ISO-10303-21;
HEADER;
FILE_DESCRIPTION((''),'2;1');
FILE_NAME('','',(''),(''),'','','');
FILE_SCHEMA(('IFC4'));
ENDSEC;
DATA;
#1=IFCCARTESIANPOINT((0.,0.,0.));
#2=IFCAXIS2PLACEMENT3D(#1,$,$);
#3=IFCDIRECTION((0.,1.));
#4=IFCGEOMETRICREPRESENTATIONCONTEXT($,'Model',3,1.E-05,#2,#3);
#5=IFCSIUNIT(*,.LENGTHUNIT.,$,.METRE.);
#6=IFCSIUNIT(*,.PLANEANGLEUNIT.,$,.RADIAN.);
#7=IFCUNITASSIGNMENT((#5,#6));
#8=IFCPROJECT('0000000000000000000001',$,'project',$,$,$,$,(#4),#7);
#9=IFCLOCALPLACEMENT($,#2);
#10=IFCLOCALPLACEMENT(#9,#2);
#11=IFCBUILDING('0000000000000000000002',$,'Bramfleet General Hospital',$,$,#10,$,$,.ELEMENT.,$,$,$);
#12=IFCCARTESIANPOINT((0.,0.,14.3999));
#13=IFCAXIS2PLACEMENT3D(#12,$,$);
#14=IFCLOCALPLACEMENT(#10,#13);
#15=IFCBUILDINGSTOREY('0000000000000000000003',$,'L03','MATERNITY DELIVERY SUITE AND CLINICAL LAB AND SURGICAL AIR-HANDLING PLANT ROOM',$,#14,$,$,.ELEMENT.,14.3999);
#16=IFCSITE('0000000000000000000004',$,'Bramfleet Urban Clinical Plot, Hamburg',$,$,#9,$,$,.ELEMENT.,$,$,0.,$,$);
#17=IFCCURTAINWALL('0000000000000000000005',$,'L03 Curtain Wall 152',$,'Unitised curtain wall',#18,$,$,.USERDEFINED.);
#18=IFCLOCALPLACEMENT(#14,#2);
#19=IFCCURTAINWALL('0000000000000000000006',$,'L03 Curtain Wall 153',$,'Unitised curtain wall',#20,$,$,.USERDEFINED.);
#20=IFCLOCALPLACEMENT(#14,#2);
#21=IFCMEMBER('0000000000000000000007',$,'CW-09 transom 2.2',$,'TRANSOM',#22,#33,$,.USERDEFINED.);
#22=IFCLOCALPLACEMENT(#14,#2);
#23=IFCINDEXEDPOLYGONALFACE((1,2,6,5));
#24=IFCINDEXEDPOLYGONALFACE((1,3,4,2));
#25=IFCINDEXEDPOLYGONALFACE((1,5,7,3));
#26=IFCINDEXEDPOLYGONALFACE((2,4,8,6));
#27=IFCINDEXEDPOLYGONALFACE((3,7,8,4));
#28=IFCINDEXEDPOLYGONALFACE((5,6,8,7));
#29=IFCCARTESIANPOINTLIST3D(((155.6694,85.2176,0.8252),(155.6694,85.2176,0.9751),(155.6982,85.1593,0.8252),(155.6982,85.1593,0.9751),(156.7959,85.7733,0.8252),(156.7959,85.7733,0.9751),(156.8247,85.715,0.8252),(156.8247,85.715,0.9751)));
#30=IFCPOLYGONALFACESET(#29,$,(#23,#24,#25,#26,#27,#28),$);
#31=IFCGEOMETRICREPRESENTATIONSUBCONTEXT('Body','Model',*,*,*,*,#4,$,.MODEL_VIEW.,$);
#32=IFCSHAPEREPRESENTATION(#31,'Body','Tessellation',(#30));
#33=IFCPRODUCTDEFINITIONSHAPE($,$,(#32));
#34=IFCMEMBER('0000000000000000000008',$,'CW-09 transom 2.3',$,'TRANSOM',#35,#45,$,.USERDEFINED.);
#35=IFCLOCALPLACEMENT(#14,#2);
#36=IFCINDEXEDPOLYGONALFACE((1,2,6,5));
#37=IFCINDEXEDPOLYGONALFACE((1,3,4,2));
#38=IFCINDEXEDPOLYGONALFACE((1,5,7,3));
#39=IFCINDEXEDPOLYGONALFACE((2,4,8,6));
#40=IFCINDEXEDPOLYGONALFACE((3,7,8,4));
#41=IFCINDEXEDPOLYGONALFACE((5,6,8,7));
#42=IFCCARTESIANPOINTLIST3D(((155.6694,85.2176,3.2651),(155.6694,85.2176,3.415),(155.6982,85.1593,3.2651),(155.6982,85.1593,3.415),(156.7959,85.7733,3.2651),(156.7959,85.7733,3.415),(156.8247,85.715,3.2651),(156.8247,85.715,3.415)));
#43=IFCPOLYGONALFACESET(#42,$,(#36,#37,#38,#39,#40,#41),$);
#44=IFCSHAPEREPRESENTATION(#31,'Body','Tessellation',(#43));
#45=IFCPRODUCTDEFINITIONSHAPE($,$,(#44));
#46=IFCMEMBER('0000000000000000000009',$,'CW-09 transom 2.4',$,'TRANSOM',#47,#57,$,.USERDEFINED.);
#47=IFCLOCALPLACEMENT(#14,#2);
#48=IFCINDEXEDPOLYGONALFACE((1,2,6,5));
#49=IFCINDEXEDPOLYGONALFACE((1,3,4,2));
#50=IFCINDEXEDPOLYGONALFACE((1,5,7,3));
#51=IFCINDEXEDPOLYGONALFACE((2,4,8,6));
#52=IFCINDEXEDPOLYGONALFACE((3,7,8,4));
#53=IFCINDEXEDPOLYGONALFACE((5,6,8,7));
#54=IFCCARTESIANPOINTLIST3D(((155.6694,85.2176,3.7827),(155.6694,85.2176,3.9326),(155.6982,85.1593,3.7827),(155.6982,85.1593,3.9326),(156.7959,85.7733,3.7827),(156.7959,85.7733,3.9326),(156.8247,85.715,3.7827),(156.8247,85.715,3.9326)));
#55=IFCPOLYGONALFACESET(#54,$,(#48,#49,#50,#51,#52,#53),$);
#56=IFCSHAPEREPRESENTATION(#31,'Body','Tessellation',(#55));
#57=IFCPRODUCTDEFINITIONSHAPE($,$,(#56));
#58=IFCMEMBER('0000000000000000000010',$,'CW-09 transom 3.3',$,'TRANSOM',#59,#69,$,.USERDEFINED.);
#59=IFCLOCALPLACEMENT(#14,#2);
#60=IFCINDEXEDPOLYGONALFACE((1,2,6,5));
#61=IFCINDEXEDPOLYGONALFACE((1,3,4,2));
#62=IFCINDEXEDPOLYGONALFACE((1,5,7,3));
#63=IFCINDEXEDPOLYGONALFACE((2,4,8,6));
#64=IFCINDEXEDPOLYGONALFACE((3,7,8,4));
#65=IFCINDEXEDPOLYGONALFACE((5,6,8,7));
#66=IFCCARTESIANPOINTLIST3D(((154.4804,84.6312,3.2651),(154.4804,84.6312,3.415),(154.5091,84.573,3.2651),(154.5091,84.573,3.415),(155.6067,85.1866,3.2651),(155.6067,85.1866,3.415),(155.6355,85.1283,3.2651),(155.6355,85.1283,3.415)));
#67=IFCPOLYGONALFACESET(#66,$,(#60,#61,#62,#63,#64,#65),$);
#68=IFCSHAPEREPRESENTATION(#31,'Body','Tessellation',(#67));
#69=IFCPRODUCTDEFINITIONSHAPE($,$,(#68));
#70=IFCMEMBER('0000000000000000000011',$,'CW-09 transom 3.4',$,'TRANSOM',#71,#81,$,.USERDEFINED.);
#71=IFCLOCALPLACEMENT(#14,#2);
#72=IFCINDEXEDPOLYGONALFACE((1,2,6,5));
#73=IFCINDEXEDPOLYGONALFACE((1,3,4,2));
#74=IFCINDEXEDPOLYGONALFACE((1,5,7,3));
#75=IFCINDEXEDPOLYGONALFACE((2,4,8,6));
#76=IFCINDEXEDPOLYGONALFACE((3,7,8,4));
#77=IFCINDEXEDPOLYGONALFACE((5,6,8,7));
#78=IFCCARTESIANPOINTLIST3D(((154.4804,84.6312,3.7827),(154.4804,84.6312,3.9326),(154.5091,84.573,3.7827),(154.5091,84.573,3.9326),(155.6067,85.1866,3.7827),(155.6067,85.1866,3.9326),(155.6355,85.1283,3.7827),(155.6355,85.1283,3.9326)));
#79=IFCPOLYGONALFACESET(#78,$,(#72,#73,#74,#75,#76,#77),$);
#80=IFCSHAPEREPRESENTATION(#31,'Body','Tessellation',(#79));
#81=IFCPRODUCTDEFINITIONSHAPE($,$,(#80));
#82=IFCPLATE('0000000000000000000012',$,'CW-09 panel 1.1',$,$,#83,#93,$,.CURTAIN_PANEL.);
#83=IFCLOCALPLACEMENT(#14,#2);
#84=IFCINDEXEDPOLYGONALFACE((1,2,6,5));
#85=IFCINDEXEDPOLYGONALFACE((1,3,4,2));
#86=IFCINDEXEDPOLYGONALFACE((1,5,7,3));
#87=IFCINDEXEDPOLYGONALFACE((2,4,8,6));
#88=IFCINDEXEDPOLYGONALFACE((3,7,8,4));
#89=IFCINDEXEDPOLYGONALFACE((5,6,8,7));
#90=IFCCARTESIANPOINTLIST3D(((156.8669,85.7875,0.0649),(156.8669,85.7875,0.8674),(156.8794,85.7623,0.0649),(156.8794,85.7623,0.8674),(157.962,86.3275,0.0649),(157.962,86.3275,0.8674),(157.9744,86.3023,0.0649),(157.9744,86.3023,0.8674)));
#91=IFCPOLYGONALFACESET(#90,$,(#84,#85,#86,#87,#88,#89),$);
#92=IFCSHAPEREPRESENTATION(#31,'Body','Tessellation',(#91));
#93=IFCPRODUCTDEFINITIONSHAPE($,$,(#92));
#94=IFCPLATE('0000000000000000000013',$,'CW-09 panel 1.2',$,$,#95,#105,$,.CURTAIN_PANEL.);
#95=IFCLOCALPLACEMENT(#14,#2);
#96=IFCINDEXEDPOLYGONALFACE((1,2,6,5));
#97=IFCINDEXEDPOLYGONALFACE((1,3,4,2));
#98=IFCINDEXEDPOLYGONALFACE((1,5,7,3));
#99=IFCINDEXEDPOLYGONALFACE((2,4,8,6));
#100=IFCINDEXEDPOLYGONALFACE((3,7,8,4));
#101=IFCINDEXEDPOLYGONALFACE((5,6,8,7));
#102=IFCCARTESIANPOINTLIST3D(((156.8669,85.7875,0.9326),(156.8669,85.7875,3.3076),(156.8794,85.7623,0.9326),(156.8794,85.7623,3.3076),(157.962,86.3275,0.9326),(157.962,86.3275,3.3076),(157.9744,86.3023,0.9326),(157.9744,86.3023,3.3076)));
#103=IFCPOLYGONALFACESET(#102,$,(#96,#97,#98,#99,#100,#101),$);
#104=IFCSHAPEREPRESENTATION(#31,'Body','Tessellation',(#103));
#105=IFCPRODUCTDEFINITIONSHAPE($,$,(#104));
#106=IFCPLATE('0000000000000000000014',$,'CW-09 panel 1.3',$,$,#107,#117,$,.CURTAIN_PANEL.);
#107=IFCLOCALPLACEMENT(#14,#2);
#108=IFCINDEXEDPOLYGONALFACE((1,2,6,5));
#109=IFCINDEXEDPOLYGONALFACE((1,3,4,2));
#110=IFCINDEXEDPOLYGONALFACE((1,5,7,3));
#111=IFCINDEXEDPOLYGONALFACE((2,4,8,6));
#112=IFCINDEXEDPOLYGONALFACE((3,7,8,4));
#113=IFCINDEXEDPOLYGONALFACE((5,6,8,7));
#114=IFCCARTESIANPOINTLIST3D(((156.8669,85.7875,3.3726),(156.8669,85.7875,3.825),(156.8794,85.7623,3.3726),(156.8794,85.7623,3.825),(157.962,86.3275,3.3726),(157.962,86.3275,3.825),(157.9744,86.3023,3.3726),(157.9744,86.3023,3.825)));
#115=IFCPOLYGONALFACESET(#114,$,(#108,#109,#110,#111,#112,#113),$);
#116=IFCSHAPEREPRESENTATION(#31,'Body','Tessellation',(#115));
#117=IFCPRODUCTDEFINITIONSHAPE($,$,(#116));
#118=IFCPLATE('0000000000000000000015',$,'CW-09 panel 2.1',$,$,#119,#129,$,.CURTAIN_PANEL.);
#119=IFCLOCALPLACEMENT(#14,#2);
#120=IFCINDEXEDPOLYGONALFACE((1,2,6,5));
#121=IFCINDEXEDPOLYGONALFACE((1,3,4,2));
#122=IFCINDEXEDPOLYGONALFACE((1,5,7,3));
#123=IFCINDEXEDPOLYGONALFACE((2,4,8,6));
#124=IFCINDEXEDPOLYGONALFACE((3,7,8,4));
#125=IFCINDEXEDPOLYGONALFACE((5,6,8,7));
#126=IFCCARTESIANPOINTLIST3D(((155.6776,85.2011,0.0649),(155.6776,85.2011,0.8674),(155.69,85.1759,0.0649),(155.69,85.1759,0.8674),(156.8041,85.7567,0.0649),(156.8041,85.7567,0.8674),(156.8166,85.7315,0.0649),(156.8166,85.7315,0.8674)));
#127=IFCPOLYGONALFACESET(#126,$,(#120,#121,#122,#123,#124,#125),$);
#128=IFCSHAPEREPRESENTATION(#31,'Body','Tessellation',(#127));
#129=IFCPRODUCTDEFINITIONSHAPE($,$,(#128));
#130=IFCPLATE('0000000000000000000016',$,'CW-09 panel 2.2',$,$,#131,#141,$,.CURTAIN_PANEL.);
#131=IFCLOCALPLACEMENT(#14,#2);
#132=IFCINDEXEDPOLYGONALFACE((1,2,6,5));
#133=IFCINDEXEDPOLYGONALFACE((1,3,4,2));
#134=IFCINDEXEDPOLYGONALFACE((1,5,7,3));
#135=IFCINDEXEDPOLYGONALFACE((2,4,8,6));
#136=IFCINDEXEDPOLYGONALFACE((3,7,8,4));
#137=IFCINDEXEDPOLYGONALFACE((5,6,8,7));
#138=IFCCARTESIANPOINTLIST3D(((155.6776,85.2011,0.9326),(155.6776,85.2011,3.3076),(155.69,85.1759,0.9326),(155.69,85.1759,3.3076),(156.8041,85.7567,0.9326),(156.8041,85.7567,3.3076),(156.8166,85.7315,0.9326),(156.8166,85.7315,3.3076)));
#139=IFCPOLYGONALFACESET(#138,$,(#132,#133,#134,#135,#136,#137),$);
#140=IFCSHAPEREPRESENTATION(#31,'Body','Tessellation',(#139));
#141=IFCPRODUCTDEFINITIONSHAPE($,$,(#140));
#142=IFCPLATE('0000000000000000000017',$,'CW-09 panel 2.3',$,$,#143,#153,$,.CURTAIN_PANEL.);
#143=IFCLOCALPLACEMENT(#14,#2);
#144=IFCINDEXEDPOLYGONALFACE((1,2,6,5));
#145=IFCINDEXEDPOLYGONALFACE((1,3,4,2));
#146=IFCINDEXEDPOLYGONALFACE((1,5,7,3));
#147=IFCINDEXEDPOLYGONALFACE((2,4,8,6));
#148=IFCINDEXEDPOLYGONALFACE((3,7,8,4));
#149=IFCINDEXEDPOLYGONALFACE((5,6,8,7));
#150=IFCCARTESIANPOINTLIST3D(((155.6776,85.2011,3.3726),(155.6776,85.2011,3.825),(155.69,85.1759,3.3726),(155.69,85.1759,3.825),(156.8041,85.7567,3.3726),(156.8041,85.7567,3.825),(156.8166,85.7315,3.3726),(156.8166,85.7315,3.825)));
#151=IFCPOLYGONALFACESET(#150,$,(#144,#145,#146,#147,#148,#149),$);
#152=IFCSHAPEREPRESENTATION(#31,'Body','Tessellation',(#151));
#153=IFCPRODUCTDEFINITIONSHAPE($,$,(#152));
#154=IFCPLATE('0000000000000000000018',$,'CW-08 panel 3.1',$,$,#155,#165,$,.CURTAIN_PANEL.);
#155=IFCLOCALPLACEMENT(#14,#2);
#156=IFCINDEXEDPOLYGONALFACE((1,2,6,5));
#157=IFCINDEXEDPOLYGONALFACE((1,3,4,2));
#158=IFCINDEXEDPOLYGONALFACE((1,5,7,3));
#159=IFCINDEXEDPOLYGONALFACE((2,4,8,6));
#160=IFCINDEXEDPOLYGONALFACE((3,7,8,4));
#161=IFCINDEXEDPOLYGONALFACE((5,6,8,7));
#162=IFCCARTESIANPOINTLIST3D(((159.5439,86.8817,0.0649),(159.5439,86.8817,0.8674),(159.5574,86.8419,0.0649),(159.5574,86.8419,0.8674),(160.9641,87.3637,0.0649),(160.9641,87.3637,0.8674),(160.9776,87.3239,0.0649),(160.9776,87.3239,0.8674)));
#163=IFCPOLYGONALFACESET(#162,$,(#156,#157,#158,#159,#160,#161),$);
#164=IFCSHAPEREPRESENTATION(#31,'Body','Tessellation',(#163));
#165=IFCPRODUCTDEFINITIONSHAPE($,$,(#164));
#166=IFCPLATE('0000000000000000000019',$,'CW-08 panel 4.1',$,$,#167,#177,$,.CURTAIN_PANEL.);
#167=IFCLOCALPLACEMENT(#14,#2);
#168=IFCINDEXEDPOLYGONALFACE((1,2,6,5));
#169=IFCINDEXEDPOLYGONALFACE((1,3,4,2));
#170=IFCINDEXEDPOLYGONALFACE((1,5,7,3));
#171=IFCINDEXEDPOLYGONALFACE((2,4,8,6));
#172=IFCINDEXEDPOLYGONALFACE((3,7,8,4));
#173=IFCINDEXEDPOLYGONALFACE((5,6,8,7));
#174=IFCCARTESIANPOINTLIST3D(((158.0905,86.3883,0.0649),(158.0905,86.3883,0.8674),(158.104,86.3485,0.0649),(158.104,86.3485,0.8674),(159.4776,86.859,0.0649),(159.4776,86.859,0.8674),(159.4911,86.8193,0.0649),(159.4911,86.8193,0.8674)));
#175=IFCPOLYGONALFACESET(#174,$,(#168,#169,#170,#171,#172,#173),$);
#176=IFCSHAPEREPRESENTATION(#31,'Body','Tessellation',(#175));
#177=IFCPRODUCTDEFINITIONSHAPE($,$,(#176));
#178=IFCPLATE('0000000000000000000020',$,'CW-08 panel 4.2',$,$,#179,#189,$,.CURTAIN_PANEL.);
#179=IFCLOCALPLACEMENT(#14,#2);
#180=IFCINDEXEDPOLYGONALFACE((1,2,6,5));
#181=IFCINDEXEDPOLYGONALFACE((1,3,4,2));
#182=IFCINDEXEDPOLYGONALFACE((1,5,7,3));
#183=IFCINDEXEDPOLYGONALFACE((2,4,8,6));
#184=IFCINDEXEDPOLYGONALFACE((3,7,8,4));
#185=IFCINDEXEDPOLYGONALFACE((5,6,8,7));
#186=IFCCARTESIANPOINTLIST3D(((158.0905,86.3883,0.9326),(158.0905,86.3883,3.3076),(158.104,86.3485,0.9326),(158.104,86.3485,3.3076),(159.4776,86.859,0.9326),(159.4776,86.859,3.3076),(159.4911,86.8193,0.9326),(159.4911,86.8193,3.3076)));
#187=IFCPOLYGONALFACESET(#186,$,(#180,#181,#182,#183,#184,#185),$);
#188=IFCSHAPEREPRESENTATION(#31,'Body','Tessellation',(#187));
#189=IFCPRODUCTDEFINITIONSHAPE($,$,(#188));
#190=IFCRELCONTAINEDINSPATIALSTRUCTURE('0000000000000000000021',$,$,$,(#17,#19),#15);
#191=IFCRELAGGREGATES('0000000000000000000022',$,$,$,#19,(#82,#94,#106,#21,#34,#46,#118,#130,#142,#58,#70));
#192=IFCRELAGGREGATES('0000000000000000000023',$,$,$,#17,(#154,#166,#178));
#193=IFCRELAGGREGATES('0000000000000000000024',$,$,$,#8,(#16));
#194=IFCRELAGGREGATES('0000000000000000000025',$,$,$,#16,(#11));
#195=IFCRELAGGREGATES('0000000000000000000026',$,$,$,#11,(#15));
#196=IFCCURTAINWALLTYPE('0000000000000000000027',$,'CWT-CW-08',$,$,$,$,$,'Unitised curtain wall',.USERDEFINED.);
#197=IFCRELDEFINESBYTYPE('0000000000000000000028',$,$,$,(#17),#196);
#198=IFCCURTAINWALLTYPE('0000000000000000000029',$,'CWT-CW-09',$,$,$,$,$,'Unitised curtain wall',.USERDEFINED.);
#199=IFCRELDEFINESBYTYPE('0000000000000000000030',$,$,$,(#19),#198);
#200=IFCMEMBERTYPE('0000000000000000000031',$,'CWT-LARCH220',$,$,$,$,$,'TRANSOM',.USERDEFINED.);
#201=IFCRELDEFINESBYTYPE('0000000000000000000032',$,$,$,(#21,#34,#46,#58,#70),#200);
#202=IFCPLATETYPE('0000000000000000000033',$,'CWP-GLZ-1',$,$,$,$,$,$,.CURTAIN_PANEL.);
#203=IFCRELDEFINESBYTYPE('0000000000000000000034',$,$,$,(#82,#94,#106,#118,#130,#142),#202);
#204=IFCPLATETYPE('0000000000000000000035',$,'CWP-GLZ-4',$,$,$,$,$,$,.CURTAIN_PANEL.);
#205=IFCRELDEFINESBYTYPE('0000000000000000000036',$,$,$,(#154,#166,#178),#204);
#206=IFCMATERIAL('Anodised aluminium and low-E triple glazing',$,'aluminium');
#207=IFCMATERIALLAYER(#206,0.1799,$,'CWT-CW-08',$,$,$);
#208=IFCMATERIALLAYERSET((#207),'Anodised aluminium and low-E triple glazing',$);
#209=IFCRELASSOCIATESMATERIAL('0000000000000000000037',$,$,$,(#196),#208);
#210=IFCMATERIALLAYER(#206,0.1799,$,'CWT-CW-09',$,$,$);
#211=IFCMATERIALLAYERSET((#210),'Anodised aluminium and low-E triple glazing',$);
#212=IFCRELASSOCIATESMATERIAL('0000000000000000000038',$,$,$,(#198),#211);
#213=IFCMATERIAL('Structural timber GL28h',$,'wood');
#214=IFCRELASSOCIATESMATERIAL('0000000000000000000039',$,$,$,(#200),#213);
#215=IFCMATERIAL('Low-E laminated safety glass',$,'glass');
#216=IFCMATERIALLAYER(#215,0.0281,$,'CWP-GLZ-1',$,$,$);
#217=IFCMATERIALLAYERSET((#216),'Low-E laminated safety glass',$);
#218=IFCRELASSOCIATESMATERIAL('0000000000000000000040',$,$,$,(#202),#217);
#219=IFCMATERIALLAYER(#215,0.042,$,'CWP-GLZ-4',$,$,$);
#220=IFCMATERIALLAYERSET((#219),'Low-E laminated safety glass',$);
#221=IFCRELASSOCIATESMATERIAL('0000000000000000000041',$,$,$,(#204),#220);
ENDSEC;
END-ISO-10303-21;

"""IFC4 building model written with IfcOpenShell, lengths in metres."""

from ifc_helpers import new_model, si_unit, direction, frame, origin, origin_2d, place, context, subcontext, project, spatial, rectangle, extrude, material, layer, layer_set, material_profile, profile_set, type_object, element, aggregate, save


model = new_model("IFC4")

# Units and contexts
model_context = context("Model", 3, precision=1e-05, world=origin(), true_north=direction((0.0, 1.0)))
body_context = subcontext(model_context, "Body", "Model", "MODEL_VIEW")
ifc_project = project(units=[si_unit("LENGTHUNIT", "METRE"), si_unit("PLANEANGLEUNIT", "RADIAN")], contexts=[model_context])

# Site, building, storey
site_placement = place(None, origin())
site = spatial("IfcSite", under=ifc_project, at=site_placement, Name="Bramfleet Urban Clinical Plot, Hamburg", CompositionType="ELEMENT", RefElevation=0.0)
building_placement = place(site_placement, origin())
building = spatial("IfcBuilding", under=site, at=building_placement, Name="Bramfleet General Hospital", CompositionType="ELEMENT")
storey_placement = place(building_placement, frame((0.0, 0.0, 14.3999)))
storey = spatial("IfcBuildingStorey", under=building, at=storey_placement, Name="L03", Description="MATERNITY DELIVERY SUITE AND CLINICAL LAB AND SURGICAL AIR-HANDLING PLANT ROOM", CompositionType="ELEMENT", Elevation=14.3999)

# Curtain walls
ifc_material_1 = material(Name="Anodised aluminium and low-E triple glazing", Category="aluminium")
ifc_layer_1 = layer(ifc_material_1, 0.1799, Name="CWT-CW-08")
ifc_layer_set_1 = layer_set([ifc_layer_1], Name="Anodised aluminium and low-E triple glazing")
curtain_wall_type_1 = type_object("IfcCurtainWallType", Name="CWT-CW-08", ElementType="Unitised curtain wall", PredefinedType="USERDEFINED", material=ifc_layer_set_1)
curtain_wall_1_placement = place(storey_placement, origin())
curtain_wall_1 = element("IfcCurtainWall", 1, at=curtain_wall_1_placement, inside=storey, type_object=curtain_wall_type_1, Name="L03 Curtain Wall 152", ObjectType="Unitised curtain wall", PredefinedType="USERDEFINED")
ifc_material_2 = material(Name="Structural timber GL28h", Category="wood")
ifc_layer_2 = layer(ifc_material_1, 0.1799, Name="CWT-CW-09")
ifc_layer_set_2 = layer_set([ifc_layer_2], Name="Anodised aluminium and low-E triple glazing")
curtain_wall_type_2 = type_object("IfcCurtainWallType", Name="CWT-CW-09", ElementType="Unitised curtain wall", PredefinedType="USERDEFINED", material=ifc_layer_set_2)
curtain_wall_2_placement = place(storey_placement, origin())
curtain_wall_2 = element("IfcCurtainWall", 2, at=curtain_wall_2_placement, inside=storey, type_object=curtain_wall_type_2, Name="L03 Curtain Wall 153", ObjectType="Unitised curtain wall", PredefinedType="USERDEFINED")

# Members
ifc_material_profile_1 = material_profile(ifc_material_2, rectangle(XDim=0.0649, YDim=0.1499, at=origin_2d()), Name="LARCH 150x65")
ifc_profile_set_1 = profile_set([ifc_material_profile_1], Name="Structural timber GL28h")
member_type_1 = type_object("IfcMemberType", Name="CWT-LARCH220", ElementType="TRANSOM", PredefinedType="USERDEFINED", material=ifc_profile_set_1)
member_1_placement = place(storey_placement, frame((156.8103, 85.7441, 0.9001), z_axis=(-0.896824, -0.442387, 0.0), x_axis=(0.442387, -0.896824, 0.0)))
member_1 = element("IfcMember", 3, at=member_1_placement, type_object=member_type_1, Name="CW-09 transom 2.2", ObjectType="TRANSOM", PredefinedType="USERDEFINED", context=body_context, shape_type="SweptSolid", body=[
    extrude(rectangle(XDim=0.0649, YDim=0.1499, at=origin_2d()), origin(), (0.0, 0.0, 1.0), 1.2561),
])
member_2_placement = place(storey_placement, frame((156.8103, 85.7441, 3.3401), z_axis=(-0.896824, -0.442387, 0.0), x_axis=(0.442387, -0.896824, 0.0)))
member_2 = element("IfcMember", 4, at=member_2_placement, type_object=member_type_1, Name="CW-09 transom 2.3", ObjectType="TRANSOM", PredefinedType="USERDEFINED", context=body_context, shape_type="SweptSolid", body=[
    extrude(rectangle(XDim=0.0649, YDim=0.1499, at=origin_2d()), origin(), (0.0, 0.0, 1.0), 1.2561),
])
member_3_placement = place(storey_placement, frame((156.8103, 85.7441, 3.8577), z_axis=(-0.896824, -0.442387, 0.0), x_axis=(0.442387, -0.896824, 0.0)))
member_3 = element("IfcMember", 5, at=member_3_placement, type_object=member_type_1, Name="CW-09 transom 2.4", ObjectType="TRANSOM", PredefinedType="USERDEFINED", context=body_context, shape_type="SweptSolid", body=[
    extrude(rectangle(XDim=0.0649, YDim=0.1499, at=origin_2d()), origin(), (0.0, 0.0, 1.0), 1.2561),
])
member_4_placement = place(storey_placement, frame((155.6211, 85.1575, 3.3401), z_axis=(-0.896902, -0.44223, 0.0), x_axis=(0.44223, -0.896902, 0.0)))
member_4 = element("IfcMember", 6, at=member_4_placement, type_object=member_type_1, Name="CW-09 transom 3.3", ObjectType="TRANSOM", PredefinedType="USERDEFINED", context=body_context, shape_type="SweptSolid", body=[
    extrude(rectangle(XDim=0.0649, YDim=0.1499, at=origin_2d()), origin(), (0.0, 0.0, 1.0), 1.2559),
])
member_5_placement = place(storey_placement, frame((155.6211, 85.1575, 3.8577), z_axis=(-0.896902, -0.44223, 0.0), x_axis=(0.44223, -0.896902, 0.0)))
member_5 = element("IfcMember", 7, at=member_5_placement, type_object=member_type_1, Name="CW-09 transom 3.4", ObjectType="TRANSOM", PredefinedType="USERDEFINED", context=body_context, shape_type="SweptSolid", body=[
    extrude(rectangle(XDim=0.0649, YDim=0.1499, at=origin_2d()), origin(), (0.0, 0.0, 1.0), 1.2559),
])

# Plates
ifc_material_3 = material(Name="Low-E laminated safety glass", Category="glass")
ifc_layer_3 = layer(ifc_material_3, 0.0281, Name="CWP-GLZ-1")
ifc_layer_set_3 = layer_set([ifc_layer_3], Name="Low-E laminated safety glass")
plate_type_1 = type_object("IfcPlateType", Name="CWP-GLZ-1", PredefinedType="CURTAIN_PANEL", material=ifc_layer_set_3)
plate_1_placement = place(storey_placement, frame((157.4207, 86.0449, 0.0649), z_axis=(0.0, 0.0, 1.0), x_axis=(-0.896865, -0.442305, 0.0)))
plate_1 = element("IfcPlate", 8, at=plate_1_placement, type_object=plate_type_1, Name="CW-09 panel 1.1", PredefinedType="CURTAIN_PANEL", context=body_context, shape_type="SweptSolid", body=[
    extrude(rectangle(XDim=1.2209, YDim=0.0281, at=origin_2d()), origin(), (0.0, 0.0, 1.0), 0.8025),
])
plate_2_placement = place(storey_placement, frame((157.4207, 86.0449, 0.9326), z_axis=(0.0, 0.0, 1.0), x_axis=(-0.896865, -0.442305, 0.0)))
plate_2 = element("IfcPlate", 9, at=plate_2_placement, type_object=plate_type_1, Name="CW-09 panel 1.2", PredefinedType="CURTAIN_PANEL", context=body_context, shape_type="SweptSolid", body=[
    extrude(rectangle(XDim=1.2209, YDim=0.0281, at=origin_2d()), origin(), (0.0, 0.0, 1.0), 2.375),
])
plate_3_placement = place(storey_placement, frame((157.4207, 86.0449, 3.3726), z_axis=(0.0, 0.0, 1.0), x_axis=(-0.896865, -0.442305, 0.0)))
plate_3 = element("IfcPlate", 10, at=plate_3_placement, type_object=plate_type_1, Name="CW-09 panel 1.3", PredefinedType="CURTAIN_PANEL", context=body_context, shape_type="SweptSolid", body=[
    extrude(rectangle(XDim=1.2209, YDim=0.0281, at=origin_2d()), origin(), (0.0, 0.0, 1.0), 0.4524),
])
plate_4_placement = place(storey_placement, frame((156.2471, 85.4663, 0.0649), z_axis=(0.0, 0.0, 1.0), x_axis=(-0.896865, -0.442305, 0.0)))
plate_4 = element("IfcPlate", 11, at=plate_4_placement, type_object=plate_type_1, Name="CW-09 panel 2.1", PredefinedType="CURTAIN_PANEL", context=body_context, shape_type="SweptSolid", body=[
    extrude(rectangle(XDim=1.2561, YDim=0.0281, at=origin_2d()), origin(), (0.0, 0.0, 1.0), 0.8025),
])
plate_5_placement = place(storey_placement, frame((156.2471, 85.4663, 0.9326), z_axis=(0.0, 0.0, 1.0), x_axis=(-0.896865, -0.442305, 0.0)))
plate_5 = element("IfcPlate", 12, at=plate_5_placement, type_object=plate_type_1, Name="CW-09 panel 2.2", PredefinedType="CURTAIN_PANEL", context=body_context, shape_type="SweptSolid", body=[
    extrude(rectangle(XDim=1.2561, YDim=0.0281, at=origin_2d()), origin(), (0.0, 0.0, 1.0), 2.375),
])
plate_6_placement = place(storey_placement, frame((156.2471, 85.4663, 3.3726), z_axis=(0.0, 0.0, 1.0), x_axis=(-0.896865, -0.442305, 0.0)))
plate_6 = element("IfcPlate", 13, at=plate_6_placement, type_object=plate_type_1, Name="CW-09 panel 2.3", PredefinedType="CURTAIN_PANEL", context=body_context, shape_type="SweptSolid", body=[
    extrude(rectangle(XDim=1.2561, YDim=0.0281, at=origin_2d()), origin(), (0.0, 0.0, 1.0), 0.4524),
])
aggregate(curtain_wall_2, [plate_1, plate_2, plate_3, member_1, member_2, member_3, plate_4, plate_5, plate_6, member_4, member_5])
ifc_layer_4 = layer(ifc_material_3, 0.042, Name="CWP-GLZ-4")
ifc_layer_set_4 = layer_set([ifc_layer_4], Name="Low-E laminated safety glass")
plate_type_2 = type_object("IfcPlateType", Name="CWP-GLZ-4", PredefinedType="CURTAIN_PANEL", material=ifc_layer_set_4)
plate_7_placement = place(storey_placement, frame((160.2607, 87.1028, 0.0649), z_axis=(0.0, 0.0, 1.0), x_axis=(-0.946949, -0.321383, 0.0)))
plate_7 = element("IfcPlate", 14, at=plate_7_placement, type_object=plate_type_2, Name="CW-08 panel 3.1", PredefinedType="CURTAIN_PANEL", context=body_context, shape_type="SweptSolid", body=[
    extrude(rectangle(XDim=1.4998, YDim=0.042, at=origin_2d()), origin(), (0.0, 0.0, 1.0), 0.8025),
])
plate_8_placement = place(storey_placement, frame((158.7908, 86.6038, 0.0649), z_axis=(0.0, 0.0, 1.0), x_axis=(-0.946949, -0.321383, 0.0)))
plate_8 = element("IfcPlate", 15, at=plate_8_placement, type_object=plate_type_2, Name="CW-08 panel 4.1", PredefinedType="CURTAIN_PANEL", context=body_context, shape_type="SweptSolid", body=[
    extrude(rectangle(XDim=1.4648, YDim=0.042, at=origin_2d()), origin(), (0.0, 0.0, 1.0), 0.8025),
])
plate_9_placement = place(storey_placement, frame((158.7908, 86.6038, 0.9326), z_axis=(0.0, 0.0, 1.0), x_axis=(-0.946949, -0.321383, 0.0)))
plate_9 = element("IfcPlate", 16, at=plate_9_placement, type_object=plate_type_2, Name="CW-08 panel 4.2", PredefinedType="CURTAIN_PANEL", context=body_context, shape_type="SweptSolid", body=[
    extrude(rectangle(XDim=1.4648, YDim=0.042, at=origin_2d()), origin(), (0.0, 0.0, 1.0), 2.375),
])
aggregate(curtain_wall_1, [plate_7, plate_8, plate_9])

save(model, "model.ifc")
